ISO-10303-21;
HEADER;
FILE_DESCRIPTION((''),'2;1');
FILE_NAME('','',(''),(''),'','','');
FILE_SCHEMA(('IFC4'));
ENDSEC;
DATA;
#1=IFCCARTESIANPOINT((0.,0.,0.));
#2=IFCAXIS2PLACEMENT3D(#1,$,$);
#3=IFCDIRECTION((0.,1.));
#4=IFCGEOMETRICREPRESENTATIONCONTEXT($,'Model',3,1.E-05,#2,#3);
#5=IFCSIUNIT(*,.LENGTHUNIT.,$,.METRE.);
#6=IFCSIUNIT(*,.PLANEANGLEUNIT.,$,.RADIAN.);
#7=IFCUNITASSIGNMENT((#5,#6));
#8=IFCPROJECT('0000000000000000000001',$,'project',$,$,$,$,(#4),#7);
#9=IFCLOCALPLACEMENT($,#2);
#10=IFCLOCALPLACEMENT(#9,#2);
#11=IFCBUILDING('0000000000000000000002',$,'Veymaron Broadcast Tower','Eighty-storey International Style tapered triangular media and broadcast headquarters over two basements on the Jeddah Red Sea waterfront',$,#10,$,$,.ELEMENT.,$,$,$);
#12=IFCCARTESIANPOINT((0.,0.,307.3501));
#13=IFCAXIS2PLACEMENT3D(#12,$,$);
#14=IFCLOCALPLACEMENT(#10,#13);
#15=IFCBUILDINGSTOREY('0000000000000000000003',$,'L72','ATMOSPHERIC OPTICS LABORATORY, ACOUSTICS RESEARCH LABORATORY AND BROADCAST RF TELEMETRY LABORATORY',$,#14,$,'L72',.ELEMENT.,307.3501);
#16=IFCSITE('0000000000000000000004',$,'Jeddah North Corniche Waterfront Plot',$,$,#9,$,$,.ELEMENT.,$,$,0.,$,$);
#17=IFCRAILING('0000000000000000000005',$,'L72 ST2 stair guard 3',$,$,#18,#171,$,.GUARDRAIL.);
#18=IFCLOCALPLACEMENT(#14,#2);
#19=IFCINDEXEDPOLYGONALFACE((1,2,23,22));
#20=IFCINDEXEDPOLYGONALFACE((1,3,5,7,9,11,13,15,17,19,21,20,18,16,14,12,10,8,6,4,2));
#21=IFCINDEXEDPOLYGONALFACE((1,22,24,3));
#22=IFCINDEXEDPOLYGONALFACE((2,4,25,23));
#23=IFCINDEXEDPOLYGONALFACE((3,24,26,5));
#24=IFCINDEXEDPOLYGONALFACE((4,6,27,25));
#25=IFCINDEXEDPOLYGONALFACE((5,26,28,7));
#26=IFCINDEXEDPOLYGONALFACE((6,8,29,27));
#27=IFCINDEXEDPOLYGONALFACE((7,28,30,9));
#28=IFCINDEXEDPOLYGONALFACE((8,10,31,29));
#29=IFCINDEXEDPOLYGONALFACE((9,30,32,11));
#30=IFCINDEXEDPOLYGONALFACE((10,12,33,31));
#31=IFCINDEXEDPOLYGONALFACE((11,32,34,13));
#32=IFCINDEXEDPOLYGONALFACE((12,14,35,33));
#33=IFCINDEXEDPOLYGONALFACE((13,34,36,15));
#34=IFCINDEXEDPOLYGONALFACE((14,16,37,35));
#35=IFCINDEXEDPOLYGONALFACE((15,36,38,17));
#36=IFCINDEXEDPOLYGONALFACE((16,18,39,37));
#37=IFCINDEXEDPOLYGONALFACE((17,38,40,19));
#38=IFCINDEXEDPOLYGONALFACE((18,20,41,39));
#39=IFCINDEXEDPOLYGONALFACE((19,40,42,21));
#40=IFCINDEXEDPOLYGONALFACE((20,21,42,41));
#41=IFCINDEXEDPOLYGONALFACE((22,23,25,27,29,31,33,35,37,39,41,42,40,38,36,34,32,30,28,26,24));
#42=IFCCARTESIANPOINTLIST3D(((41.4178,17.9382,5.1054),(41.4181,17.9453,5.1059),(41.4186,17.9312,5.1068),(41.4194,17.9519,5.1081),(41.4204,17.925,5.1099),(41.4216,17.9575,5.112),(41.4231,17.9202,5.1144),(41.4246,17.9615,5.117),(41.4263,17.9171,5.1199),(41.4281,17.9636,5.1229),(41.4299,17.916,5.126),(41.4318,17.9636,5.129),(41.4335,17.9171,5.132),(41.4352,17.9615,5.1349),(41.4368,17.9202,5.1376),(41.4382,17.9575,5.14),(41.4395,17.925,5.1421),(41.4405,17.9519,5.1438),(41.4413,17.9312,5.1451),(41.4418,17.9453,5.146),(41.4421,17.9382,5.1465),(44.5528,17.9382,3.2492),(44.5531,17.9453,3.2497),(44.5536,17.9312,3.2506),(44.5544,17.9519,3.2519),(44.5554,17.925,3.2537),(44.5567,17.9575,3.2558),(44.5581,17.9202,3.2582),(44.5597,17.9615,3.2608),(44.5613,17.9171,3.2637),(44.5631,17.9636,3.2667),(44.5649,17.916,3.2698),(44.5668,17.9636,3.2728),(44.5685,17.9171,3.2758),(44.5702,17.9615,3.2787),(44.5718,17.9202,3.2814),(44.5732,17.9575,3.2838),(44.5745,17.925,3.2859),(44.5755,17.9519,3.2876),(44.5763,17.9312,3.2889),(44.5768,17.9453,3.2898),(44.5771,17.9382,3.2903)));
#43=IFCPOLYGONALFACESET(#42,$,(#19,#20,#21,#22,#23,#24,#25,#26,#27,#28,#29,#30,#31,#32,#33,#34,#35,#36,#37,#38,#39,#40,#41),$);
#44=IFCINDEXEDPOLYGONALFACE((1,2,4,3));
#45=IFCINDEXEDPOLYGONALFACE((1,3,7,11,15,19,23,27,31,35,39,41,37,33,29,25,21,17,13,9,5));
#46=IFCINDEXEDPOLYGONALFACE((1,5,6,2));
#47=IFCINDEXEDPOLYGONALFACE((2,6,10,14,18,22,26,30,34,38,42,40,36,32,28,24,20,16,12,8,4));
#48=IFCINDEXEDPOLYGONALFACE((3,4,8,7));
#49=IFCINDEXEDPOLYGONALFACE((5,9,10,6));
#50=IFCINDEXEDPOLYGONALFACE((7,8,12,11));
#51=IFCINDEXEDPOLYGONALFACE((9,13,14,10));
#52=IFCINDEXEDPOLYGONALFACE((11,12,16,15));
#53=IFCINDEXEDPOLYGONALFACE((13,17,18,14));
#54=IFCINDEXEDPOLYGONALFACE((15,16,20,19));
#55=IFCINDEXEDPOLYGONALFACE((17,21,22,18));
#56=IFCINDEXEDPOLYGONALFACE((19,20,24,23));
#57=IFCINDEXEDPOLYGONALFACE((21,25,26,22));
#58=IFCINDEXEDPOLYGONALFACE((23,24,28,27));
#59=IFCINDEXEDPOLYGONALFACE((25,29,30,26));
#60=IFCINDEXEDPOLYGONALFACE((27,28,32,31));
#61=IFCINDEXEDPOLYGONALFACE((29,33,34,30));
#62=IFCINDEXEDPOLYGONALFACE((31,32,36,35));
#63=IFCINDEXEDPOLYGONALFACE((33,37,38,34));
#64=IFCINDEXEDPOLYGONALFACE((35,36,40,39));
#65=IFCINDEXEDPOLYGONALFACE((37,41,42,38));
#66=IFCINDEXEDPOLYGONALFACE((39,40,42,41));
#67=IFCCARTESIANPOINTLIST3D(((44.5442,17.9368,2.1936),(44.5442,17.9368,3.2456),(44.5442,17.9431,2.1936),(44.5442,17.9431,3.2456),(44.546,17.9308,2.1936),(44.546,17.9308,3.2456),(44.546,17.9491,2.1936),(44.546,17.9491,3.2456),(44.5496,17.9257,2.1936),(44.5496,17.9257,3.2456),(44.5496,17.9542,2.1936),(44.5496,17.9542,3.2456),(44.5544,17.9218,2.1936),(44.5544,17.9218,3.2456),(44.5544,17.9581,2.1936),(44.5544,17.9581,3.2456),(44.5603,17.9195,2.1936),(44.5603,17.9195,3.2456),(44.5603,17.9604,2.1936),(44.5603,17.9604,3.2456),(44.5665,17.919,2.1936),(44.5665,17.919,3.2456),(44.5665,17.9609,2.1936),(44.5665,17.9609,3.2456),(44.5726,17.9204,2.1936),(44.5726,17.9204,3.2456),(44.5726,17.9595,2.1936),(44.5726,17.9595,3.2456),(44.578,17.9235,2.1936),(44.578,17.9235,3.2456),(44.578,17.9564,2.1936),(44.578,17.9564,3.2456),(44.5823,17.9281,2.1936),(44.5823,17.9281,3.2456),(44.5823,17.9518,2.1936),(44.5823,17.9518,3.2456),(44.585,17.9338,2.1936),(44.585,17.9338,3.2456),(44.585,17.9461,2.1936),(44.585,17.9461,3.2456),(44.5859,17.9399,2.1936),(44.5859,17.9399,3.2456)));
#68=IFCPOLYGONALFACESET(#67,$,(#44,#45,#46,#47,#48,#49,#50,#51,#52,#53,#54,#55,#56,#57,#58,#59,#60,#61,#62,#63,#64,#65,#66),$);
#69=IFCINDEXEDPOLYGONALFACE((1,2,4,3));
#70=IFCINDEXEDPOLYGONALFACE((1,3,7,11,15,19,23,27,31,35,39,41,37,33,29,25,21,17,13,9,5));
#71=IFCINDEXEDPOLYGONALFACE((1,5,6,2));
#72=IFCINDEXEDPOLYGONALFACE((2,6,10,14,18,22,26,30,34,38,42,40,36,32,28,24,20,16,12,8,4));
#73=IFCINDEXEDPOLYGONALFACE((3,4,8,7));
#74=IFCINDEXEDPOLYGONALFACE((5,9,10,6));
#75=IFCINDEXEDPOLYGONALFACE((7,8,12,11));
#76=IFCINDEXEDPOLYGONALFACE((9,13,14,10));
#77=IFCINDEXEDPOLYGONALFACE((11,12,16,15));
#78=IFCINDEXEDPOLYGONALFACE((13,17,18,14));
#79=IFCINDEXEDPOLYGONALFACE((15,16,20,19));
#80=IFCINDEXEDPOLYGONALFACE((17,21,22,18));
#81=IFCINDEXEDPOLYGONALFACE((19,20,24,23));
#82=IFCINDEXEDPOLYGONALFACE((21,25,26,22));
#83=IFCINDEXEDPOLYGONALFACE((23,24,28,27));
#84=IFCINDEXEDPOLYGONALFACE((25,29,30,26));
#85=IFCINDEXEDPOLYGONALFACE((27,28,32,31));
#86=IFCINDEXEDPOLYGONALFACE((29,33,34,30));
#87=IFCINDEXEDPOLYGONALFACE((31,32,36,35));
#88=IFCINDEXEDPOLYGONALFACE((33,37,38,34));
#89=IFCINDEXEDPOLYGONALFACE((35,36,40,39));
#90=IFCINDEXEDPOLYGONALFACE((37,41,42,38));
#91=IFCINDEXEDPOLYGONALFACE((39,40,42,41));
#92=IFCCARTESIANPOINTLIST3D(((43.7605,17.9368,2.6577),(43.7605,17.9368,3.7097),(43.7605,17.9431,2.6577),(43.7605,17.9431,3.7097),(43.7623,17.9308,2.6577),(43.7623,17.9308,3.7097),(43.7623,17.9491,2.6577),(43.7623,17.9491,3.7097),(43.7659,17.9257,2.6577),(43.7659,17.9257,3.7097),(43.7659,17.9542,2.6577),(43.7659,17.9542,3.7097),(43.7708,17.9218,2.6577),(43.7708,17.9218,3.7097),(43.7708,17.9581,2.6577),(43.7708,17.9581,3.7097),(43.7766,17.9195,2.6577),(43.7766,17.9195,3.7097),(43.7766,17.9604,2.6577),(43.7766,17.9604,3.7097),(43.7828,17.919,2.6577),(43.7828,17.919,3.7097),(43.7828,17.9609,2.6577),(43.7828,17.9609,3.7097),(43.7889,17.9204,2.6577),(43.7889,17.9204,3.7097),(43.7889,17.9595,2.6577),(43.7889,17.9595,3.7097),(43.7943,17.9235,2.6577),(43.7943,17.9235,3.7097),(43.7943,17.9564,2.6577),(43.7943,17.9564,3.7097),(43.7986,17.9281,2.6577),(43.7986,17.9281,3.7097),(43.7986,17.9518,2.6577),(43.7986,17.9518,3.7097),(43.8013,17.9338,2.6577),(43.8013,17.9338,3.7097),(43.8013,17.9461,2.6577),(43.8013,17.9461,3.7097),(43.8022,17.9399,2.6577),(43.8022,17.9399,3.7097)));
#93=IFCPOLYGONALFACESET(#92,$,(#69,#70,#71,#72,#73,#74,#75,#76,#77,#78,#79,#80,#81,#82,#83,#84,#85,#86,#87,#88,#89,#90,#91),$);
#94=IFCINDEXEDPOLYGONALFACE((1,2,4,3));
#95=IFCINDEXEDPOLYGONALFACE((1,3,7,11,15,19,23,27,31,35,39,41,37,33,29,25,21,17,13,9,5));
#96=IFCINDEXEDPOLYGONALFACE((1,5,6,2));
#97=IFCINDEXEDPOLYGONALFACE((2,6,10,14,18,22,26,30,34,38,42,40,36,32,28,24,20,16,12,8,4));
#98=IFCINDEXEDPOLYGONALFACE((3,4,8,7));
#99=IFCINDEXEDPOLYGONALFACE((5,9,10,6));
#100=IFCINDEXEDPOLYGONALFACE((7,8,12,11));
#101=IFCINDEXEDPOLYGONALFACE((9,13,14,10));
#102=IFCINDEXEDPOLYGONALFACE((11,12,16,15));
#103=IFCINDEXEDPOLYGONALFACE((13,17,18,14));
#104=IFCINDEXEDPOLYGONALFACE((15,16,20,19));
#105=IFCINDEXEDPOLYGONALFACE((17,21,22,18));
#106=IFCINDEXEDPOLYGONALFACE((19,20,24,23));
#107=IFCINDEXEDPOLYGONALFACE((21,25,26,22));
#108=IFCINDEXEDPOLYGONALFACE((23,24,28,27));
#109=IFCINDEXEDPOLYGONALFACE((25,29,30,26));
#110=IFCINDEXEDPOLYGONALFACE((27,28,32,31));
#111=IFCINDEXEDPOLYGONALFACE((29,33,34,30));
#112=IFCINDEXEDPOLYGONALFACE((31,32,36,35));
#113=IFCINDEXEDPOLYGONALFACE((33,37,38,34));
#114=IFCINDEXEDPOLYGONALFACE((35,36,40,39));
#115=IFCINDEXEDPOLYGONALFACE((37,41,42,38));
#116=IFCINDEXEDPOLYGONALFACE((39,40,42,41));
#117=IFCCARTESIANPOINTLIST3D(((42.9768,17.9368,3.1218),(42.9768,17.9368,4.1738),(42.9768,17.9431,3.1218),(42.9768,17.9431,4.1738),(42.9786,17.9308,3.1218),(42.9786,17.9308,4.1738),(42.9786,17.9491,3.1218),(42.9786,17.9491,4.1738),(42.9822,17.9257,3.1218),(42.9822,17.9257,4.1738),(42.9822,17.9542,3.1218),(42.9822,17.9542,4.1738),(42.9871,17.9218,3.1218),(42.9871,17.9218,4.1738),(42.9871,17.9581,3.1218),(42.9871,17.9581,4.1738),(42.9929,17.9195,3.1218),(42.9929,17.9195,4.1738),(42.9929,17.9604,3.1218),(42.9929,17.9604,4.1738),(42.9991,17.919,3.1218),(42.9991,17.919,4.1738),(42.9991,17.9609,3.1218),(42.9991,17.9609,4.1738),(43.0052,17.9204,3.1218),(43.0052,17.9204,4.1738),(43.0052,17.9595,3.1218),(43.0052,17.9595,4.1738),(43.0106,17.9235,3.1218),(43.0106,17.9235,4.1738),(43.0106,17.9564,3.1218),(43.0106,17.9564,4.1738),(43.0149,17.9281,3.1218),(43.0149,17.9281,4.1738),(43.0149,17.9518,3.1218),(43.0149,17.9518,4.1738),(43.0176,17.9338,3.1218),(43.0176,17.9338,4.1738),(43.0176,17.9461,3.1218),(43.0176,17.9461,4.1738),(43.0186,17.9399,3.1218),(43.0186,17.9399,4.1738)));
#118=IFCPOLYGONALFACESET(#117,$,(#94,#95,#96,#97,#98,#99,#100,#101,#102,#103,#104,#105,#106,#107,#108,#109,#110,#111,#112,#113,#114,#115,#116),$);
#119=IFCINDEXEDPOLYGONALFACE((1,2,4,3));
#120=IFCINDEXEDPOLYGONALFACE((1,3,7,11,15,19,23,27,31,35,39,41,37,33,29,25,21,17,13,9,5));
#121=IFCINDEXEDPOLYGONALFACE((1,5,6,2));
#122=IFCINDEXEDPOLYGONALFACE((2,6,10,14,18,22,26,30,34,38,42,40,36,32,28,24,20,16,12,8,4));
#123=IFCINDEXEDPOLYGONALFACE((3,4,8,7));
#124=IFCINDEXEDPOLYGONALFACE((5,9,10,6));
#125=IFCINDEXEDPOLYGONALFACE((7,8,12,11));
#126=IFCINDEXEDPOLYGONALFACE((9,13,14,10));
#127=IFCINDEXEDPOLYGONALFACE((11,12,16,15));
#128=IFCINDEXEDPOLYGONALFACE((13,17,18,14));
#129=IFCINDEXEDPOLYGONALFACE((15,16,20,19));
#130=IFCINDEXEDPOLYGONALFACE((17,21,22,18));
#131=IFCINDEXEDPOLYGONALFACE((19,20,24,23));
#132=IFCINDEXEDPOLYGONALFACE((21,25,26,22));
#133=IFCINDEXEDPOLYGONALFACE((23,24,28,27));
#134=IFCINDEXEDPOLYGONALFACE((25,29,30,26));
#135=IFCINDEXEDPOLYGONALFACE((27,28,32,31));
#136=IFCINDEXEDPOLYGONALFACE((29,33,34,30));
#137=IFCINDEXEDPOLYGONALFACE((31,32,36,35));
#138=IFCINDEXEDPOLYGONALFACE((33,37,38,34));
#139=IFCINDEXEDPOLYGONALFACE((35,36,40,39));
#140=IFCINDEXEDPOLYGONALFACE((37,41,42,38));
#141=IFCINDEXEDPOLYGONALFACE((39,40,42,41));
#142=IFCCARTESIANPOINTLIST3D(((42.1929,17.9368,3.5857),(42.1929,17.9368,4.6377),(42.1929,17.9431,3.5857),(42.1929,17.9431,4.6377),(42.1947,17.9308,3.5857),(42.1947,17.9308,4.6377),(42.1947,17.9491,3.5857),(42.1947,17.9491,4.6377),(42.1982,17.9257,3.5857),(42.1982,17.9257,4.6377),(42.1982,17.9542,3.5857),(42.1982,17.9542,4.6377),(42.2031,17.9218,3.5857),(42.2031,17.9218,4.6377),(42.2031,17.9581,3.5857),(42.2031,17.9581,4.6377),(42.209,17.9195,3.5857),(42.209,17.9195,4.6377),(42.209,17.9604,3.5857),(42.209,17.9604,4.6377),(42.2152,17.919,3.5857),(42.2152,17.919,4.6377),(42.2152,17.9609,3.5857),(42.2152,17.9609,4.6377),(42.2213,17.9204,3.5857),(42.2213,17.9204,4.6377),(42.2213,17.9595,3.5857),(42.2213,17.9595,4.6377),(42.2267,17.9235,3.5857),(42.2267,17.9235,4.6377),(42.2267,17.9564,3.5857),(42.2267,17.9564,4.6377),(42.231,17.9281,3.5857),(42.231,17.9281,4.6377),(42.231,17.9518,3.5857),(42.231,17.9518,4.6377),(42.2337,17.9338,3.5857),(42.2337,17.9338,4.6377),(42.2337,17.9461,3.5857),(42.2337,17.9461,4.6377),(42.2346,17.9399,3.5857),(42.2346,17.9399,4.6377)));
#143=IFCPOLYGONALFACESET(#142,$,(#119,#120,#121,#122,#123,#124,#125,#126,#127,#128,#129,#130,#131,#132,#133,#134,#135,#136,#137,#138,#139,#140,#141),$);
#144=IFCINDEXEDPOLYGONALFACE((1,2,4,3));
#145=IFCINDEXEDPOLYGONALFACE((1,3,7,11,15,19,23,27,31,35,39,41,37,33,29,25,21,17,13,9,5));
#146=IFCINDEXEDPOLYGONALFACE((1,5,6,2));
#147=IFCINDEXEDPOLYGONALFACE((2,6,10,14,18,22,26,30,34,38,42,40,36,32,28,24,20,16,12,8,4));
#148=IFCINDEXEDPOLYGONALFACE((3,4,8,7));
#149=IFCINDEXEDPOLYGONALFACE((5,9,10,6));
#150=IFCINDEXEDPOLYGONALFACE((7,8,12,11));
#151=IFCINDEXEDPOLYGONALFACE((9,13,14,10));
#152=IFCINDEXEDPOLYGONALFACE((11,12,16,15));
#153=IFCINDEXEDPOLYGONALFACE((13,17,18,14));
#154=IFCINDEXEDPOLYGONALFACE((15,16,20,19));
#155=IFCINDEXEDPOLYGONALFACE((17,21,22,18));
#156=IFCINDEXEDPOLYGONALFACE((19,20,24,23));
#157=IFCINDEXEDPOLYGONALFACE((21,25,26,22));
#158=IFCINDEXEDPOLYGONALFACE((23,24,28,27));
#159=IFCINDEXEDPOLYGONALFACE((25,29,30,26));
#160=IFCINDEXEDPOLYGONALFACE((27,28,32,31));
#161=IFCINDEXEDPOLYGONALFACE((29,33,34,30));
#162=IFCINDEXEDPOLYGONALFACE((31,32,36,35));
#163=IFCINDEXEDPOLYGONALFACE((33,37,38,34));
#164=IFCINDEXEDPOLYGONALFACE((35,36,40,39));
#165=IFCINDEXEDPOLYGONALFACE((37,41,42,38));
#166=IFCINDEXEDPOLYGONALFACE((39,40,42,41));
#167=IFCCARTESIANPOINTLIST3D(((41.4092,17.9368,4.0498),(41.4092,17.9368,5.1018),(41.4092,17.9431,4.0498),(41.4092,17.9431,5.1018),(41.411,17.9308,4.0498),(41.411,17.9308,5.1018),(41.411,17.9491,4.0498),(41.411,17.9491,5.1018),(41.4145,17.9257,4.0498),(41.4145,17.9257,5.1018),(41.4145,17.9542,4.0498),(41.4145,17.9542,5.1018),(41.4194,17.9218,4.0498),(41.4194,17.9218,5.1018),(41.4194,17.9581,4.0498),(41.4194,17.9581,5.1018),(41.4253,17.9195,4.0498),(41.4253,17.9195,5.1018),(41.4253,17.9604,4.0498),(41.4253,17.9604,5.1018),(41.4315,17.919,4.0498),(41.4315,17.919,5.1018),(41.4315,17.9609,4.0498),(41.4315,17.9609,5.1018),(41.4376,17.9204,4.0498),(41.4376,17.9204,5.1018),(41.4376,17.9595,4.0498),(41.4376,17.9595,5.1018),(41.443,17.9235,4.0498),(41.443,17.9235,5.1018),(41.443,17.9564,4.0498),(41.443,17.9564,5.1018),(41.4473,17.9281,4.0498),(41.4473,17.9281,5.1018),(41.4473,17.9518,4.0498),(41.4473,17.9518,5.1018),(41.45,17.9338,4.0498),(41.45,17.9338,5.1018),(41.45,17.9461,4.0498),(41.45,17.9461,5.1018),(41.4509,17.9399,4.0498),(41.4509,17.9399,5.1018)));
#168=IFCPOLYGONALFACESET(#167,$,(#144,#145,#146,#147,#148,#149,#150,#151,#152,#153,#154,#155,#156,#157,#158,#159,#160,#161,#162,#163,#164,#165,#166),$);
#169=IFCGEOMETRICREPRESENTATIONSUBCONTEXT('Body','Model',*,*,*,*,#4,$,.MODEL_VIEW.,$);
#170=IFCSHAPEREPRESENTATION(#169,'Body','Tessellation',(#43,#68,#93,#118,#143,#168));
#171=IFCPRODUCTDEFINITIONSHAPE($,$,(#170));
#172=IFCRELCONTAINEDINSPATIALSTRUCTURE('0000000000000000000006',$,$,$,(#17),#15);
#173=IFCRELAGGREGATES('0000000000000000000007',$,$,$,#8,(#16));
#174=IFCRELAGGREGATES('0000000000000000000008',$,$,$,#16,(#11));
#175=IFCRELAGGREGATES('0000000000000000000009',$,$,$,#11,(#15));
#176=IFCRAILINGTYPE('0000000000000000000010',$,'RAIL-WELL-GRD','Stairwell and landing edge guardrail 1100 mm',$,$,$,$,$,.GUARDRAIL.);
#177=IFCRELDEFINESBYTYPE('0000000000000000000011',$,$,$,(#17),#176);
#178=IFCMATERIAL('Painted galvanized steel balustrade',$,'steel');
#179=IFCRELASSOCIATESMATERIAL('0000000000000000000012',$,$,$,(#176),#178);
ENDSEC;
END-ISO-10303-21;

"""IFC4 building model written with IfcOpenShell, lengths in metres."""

from ifc_helpers import new_model, si_unit, direction, frame, origin, origin_2d, place, context, subcontext, project, spatial, circle, extrude, material, type_object, element, save


model = new_model("IFC4")

# Units and contexts
model_context = context("Model", 3, precision=1e-05, world=origin(), true_north=direction((0.0, 1.0)))
body_context = subcontext(model_context, "Body", "Model", "MODEL_VIEW")
ifc_project = project(units=[si_unit("LENGTHUNIT", "METRE"), si_unit("PLANEANGLEUNIT", "RADIAN")], contexts=[model_context])

# Site, building, storey
site_placement = place(None, origin())
site = spatial("IfcSite", under=ifc_project, at=site_placement, Name="Jeddah North Corniche Waterfront Plot", CompositionType="ELEMENT", RefElevation=0.0)
building_placement = place(site_placement, origin())
building = spatial("IfcBuilding", under=site, at=building_placement, Name="Veymaron Broadcast Tower", Description="Eighty-storey International Style tapered triangular media and broadcast headquarters over two basements on the Jeddah Red Sea waterfront", CompositionType="ELEMENT")
storey_placement = place(building_placement, frame((0.0, 0.0, 307.3501)))
storey = spatial("IfcBuildingStorey", under=building, at=storey_placement, Name="L72", Description="ATMOSPHERIC OPTICS LABORATORY, ACOUSTICS RESEARCH LABORATORY AND BROADCAST RF TELEMETRY LABORATORY", LongName="L72", CompositionType="ELEMENT", Elevation=307.3501)

# Railing
ifc_material_1 = material(Name="Painted galvanized steel balustrade", Category="steel")
railing_type_1 = type_object("IfcRailingType", Name="RAIL-WELL-GRD", Description="Stairwell and landing edge guardrail 1100 mm", PredefinedType="GUARDRAIL", material=ifc_material_1)
railing_1_placement = place(storey_placement, frame((44.5649, 17.9399, 2.1936)))
element("IfcRailing", 1, at=railing_1_placement, inside=storey, type_object=railing_type_1, Name="L72 ST2 stair guard 3", PredefinedType="GUARDRAIL", context=body_context, shape_type="SweptSolid", body=[
    extrude(circle(Radius=0.0239, at=origin_2d()), frame((0.0, 0.0, 1.0762), z_axis=(-0.860482, 0.0, 0.509481), x_axis=(0.0, -1.0, 0.0)), (0.0, 0.0, 1.0), 3.6433),
    extrude(circle(Radius=0.021, at=origin_2d()), origin(), (0.0, 0.0, 1.0), 1.052),
    extrude(circle(Radius=0.021, at=origin_2d()), frame((-0.7837, 0.0, 0.4641)), (0.0, 0.0, 1.0), 1.052),
    extrude(circle(Radius=0.021, at=origin_2d()), frame((-1.5674, 0.0, 0.9282)), (0.0, 0.0, 1.0), 1.052),
    extrude(circle(Radius=0.021, at=origin_2d()), frame((-2.3513, 0.0, 1.3921)), (0.0, 0.0, 1.0), 1.052),
    extrude(circle(Radius=0.021, at=origin_2d()), frame((-3.135, 0.0, 1.8562)), (0.0, 0.0, 1.0), 1.052),
])

save(model, "model.ifc")
